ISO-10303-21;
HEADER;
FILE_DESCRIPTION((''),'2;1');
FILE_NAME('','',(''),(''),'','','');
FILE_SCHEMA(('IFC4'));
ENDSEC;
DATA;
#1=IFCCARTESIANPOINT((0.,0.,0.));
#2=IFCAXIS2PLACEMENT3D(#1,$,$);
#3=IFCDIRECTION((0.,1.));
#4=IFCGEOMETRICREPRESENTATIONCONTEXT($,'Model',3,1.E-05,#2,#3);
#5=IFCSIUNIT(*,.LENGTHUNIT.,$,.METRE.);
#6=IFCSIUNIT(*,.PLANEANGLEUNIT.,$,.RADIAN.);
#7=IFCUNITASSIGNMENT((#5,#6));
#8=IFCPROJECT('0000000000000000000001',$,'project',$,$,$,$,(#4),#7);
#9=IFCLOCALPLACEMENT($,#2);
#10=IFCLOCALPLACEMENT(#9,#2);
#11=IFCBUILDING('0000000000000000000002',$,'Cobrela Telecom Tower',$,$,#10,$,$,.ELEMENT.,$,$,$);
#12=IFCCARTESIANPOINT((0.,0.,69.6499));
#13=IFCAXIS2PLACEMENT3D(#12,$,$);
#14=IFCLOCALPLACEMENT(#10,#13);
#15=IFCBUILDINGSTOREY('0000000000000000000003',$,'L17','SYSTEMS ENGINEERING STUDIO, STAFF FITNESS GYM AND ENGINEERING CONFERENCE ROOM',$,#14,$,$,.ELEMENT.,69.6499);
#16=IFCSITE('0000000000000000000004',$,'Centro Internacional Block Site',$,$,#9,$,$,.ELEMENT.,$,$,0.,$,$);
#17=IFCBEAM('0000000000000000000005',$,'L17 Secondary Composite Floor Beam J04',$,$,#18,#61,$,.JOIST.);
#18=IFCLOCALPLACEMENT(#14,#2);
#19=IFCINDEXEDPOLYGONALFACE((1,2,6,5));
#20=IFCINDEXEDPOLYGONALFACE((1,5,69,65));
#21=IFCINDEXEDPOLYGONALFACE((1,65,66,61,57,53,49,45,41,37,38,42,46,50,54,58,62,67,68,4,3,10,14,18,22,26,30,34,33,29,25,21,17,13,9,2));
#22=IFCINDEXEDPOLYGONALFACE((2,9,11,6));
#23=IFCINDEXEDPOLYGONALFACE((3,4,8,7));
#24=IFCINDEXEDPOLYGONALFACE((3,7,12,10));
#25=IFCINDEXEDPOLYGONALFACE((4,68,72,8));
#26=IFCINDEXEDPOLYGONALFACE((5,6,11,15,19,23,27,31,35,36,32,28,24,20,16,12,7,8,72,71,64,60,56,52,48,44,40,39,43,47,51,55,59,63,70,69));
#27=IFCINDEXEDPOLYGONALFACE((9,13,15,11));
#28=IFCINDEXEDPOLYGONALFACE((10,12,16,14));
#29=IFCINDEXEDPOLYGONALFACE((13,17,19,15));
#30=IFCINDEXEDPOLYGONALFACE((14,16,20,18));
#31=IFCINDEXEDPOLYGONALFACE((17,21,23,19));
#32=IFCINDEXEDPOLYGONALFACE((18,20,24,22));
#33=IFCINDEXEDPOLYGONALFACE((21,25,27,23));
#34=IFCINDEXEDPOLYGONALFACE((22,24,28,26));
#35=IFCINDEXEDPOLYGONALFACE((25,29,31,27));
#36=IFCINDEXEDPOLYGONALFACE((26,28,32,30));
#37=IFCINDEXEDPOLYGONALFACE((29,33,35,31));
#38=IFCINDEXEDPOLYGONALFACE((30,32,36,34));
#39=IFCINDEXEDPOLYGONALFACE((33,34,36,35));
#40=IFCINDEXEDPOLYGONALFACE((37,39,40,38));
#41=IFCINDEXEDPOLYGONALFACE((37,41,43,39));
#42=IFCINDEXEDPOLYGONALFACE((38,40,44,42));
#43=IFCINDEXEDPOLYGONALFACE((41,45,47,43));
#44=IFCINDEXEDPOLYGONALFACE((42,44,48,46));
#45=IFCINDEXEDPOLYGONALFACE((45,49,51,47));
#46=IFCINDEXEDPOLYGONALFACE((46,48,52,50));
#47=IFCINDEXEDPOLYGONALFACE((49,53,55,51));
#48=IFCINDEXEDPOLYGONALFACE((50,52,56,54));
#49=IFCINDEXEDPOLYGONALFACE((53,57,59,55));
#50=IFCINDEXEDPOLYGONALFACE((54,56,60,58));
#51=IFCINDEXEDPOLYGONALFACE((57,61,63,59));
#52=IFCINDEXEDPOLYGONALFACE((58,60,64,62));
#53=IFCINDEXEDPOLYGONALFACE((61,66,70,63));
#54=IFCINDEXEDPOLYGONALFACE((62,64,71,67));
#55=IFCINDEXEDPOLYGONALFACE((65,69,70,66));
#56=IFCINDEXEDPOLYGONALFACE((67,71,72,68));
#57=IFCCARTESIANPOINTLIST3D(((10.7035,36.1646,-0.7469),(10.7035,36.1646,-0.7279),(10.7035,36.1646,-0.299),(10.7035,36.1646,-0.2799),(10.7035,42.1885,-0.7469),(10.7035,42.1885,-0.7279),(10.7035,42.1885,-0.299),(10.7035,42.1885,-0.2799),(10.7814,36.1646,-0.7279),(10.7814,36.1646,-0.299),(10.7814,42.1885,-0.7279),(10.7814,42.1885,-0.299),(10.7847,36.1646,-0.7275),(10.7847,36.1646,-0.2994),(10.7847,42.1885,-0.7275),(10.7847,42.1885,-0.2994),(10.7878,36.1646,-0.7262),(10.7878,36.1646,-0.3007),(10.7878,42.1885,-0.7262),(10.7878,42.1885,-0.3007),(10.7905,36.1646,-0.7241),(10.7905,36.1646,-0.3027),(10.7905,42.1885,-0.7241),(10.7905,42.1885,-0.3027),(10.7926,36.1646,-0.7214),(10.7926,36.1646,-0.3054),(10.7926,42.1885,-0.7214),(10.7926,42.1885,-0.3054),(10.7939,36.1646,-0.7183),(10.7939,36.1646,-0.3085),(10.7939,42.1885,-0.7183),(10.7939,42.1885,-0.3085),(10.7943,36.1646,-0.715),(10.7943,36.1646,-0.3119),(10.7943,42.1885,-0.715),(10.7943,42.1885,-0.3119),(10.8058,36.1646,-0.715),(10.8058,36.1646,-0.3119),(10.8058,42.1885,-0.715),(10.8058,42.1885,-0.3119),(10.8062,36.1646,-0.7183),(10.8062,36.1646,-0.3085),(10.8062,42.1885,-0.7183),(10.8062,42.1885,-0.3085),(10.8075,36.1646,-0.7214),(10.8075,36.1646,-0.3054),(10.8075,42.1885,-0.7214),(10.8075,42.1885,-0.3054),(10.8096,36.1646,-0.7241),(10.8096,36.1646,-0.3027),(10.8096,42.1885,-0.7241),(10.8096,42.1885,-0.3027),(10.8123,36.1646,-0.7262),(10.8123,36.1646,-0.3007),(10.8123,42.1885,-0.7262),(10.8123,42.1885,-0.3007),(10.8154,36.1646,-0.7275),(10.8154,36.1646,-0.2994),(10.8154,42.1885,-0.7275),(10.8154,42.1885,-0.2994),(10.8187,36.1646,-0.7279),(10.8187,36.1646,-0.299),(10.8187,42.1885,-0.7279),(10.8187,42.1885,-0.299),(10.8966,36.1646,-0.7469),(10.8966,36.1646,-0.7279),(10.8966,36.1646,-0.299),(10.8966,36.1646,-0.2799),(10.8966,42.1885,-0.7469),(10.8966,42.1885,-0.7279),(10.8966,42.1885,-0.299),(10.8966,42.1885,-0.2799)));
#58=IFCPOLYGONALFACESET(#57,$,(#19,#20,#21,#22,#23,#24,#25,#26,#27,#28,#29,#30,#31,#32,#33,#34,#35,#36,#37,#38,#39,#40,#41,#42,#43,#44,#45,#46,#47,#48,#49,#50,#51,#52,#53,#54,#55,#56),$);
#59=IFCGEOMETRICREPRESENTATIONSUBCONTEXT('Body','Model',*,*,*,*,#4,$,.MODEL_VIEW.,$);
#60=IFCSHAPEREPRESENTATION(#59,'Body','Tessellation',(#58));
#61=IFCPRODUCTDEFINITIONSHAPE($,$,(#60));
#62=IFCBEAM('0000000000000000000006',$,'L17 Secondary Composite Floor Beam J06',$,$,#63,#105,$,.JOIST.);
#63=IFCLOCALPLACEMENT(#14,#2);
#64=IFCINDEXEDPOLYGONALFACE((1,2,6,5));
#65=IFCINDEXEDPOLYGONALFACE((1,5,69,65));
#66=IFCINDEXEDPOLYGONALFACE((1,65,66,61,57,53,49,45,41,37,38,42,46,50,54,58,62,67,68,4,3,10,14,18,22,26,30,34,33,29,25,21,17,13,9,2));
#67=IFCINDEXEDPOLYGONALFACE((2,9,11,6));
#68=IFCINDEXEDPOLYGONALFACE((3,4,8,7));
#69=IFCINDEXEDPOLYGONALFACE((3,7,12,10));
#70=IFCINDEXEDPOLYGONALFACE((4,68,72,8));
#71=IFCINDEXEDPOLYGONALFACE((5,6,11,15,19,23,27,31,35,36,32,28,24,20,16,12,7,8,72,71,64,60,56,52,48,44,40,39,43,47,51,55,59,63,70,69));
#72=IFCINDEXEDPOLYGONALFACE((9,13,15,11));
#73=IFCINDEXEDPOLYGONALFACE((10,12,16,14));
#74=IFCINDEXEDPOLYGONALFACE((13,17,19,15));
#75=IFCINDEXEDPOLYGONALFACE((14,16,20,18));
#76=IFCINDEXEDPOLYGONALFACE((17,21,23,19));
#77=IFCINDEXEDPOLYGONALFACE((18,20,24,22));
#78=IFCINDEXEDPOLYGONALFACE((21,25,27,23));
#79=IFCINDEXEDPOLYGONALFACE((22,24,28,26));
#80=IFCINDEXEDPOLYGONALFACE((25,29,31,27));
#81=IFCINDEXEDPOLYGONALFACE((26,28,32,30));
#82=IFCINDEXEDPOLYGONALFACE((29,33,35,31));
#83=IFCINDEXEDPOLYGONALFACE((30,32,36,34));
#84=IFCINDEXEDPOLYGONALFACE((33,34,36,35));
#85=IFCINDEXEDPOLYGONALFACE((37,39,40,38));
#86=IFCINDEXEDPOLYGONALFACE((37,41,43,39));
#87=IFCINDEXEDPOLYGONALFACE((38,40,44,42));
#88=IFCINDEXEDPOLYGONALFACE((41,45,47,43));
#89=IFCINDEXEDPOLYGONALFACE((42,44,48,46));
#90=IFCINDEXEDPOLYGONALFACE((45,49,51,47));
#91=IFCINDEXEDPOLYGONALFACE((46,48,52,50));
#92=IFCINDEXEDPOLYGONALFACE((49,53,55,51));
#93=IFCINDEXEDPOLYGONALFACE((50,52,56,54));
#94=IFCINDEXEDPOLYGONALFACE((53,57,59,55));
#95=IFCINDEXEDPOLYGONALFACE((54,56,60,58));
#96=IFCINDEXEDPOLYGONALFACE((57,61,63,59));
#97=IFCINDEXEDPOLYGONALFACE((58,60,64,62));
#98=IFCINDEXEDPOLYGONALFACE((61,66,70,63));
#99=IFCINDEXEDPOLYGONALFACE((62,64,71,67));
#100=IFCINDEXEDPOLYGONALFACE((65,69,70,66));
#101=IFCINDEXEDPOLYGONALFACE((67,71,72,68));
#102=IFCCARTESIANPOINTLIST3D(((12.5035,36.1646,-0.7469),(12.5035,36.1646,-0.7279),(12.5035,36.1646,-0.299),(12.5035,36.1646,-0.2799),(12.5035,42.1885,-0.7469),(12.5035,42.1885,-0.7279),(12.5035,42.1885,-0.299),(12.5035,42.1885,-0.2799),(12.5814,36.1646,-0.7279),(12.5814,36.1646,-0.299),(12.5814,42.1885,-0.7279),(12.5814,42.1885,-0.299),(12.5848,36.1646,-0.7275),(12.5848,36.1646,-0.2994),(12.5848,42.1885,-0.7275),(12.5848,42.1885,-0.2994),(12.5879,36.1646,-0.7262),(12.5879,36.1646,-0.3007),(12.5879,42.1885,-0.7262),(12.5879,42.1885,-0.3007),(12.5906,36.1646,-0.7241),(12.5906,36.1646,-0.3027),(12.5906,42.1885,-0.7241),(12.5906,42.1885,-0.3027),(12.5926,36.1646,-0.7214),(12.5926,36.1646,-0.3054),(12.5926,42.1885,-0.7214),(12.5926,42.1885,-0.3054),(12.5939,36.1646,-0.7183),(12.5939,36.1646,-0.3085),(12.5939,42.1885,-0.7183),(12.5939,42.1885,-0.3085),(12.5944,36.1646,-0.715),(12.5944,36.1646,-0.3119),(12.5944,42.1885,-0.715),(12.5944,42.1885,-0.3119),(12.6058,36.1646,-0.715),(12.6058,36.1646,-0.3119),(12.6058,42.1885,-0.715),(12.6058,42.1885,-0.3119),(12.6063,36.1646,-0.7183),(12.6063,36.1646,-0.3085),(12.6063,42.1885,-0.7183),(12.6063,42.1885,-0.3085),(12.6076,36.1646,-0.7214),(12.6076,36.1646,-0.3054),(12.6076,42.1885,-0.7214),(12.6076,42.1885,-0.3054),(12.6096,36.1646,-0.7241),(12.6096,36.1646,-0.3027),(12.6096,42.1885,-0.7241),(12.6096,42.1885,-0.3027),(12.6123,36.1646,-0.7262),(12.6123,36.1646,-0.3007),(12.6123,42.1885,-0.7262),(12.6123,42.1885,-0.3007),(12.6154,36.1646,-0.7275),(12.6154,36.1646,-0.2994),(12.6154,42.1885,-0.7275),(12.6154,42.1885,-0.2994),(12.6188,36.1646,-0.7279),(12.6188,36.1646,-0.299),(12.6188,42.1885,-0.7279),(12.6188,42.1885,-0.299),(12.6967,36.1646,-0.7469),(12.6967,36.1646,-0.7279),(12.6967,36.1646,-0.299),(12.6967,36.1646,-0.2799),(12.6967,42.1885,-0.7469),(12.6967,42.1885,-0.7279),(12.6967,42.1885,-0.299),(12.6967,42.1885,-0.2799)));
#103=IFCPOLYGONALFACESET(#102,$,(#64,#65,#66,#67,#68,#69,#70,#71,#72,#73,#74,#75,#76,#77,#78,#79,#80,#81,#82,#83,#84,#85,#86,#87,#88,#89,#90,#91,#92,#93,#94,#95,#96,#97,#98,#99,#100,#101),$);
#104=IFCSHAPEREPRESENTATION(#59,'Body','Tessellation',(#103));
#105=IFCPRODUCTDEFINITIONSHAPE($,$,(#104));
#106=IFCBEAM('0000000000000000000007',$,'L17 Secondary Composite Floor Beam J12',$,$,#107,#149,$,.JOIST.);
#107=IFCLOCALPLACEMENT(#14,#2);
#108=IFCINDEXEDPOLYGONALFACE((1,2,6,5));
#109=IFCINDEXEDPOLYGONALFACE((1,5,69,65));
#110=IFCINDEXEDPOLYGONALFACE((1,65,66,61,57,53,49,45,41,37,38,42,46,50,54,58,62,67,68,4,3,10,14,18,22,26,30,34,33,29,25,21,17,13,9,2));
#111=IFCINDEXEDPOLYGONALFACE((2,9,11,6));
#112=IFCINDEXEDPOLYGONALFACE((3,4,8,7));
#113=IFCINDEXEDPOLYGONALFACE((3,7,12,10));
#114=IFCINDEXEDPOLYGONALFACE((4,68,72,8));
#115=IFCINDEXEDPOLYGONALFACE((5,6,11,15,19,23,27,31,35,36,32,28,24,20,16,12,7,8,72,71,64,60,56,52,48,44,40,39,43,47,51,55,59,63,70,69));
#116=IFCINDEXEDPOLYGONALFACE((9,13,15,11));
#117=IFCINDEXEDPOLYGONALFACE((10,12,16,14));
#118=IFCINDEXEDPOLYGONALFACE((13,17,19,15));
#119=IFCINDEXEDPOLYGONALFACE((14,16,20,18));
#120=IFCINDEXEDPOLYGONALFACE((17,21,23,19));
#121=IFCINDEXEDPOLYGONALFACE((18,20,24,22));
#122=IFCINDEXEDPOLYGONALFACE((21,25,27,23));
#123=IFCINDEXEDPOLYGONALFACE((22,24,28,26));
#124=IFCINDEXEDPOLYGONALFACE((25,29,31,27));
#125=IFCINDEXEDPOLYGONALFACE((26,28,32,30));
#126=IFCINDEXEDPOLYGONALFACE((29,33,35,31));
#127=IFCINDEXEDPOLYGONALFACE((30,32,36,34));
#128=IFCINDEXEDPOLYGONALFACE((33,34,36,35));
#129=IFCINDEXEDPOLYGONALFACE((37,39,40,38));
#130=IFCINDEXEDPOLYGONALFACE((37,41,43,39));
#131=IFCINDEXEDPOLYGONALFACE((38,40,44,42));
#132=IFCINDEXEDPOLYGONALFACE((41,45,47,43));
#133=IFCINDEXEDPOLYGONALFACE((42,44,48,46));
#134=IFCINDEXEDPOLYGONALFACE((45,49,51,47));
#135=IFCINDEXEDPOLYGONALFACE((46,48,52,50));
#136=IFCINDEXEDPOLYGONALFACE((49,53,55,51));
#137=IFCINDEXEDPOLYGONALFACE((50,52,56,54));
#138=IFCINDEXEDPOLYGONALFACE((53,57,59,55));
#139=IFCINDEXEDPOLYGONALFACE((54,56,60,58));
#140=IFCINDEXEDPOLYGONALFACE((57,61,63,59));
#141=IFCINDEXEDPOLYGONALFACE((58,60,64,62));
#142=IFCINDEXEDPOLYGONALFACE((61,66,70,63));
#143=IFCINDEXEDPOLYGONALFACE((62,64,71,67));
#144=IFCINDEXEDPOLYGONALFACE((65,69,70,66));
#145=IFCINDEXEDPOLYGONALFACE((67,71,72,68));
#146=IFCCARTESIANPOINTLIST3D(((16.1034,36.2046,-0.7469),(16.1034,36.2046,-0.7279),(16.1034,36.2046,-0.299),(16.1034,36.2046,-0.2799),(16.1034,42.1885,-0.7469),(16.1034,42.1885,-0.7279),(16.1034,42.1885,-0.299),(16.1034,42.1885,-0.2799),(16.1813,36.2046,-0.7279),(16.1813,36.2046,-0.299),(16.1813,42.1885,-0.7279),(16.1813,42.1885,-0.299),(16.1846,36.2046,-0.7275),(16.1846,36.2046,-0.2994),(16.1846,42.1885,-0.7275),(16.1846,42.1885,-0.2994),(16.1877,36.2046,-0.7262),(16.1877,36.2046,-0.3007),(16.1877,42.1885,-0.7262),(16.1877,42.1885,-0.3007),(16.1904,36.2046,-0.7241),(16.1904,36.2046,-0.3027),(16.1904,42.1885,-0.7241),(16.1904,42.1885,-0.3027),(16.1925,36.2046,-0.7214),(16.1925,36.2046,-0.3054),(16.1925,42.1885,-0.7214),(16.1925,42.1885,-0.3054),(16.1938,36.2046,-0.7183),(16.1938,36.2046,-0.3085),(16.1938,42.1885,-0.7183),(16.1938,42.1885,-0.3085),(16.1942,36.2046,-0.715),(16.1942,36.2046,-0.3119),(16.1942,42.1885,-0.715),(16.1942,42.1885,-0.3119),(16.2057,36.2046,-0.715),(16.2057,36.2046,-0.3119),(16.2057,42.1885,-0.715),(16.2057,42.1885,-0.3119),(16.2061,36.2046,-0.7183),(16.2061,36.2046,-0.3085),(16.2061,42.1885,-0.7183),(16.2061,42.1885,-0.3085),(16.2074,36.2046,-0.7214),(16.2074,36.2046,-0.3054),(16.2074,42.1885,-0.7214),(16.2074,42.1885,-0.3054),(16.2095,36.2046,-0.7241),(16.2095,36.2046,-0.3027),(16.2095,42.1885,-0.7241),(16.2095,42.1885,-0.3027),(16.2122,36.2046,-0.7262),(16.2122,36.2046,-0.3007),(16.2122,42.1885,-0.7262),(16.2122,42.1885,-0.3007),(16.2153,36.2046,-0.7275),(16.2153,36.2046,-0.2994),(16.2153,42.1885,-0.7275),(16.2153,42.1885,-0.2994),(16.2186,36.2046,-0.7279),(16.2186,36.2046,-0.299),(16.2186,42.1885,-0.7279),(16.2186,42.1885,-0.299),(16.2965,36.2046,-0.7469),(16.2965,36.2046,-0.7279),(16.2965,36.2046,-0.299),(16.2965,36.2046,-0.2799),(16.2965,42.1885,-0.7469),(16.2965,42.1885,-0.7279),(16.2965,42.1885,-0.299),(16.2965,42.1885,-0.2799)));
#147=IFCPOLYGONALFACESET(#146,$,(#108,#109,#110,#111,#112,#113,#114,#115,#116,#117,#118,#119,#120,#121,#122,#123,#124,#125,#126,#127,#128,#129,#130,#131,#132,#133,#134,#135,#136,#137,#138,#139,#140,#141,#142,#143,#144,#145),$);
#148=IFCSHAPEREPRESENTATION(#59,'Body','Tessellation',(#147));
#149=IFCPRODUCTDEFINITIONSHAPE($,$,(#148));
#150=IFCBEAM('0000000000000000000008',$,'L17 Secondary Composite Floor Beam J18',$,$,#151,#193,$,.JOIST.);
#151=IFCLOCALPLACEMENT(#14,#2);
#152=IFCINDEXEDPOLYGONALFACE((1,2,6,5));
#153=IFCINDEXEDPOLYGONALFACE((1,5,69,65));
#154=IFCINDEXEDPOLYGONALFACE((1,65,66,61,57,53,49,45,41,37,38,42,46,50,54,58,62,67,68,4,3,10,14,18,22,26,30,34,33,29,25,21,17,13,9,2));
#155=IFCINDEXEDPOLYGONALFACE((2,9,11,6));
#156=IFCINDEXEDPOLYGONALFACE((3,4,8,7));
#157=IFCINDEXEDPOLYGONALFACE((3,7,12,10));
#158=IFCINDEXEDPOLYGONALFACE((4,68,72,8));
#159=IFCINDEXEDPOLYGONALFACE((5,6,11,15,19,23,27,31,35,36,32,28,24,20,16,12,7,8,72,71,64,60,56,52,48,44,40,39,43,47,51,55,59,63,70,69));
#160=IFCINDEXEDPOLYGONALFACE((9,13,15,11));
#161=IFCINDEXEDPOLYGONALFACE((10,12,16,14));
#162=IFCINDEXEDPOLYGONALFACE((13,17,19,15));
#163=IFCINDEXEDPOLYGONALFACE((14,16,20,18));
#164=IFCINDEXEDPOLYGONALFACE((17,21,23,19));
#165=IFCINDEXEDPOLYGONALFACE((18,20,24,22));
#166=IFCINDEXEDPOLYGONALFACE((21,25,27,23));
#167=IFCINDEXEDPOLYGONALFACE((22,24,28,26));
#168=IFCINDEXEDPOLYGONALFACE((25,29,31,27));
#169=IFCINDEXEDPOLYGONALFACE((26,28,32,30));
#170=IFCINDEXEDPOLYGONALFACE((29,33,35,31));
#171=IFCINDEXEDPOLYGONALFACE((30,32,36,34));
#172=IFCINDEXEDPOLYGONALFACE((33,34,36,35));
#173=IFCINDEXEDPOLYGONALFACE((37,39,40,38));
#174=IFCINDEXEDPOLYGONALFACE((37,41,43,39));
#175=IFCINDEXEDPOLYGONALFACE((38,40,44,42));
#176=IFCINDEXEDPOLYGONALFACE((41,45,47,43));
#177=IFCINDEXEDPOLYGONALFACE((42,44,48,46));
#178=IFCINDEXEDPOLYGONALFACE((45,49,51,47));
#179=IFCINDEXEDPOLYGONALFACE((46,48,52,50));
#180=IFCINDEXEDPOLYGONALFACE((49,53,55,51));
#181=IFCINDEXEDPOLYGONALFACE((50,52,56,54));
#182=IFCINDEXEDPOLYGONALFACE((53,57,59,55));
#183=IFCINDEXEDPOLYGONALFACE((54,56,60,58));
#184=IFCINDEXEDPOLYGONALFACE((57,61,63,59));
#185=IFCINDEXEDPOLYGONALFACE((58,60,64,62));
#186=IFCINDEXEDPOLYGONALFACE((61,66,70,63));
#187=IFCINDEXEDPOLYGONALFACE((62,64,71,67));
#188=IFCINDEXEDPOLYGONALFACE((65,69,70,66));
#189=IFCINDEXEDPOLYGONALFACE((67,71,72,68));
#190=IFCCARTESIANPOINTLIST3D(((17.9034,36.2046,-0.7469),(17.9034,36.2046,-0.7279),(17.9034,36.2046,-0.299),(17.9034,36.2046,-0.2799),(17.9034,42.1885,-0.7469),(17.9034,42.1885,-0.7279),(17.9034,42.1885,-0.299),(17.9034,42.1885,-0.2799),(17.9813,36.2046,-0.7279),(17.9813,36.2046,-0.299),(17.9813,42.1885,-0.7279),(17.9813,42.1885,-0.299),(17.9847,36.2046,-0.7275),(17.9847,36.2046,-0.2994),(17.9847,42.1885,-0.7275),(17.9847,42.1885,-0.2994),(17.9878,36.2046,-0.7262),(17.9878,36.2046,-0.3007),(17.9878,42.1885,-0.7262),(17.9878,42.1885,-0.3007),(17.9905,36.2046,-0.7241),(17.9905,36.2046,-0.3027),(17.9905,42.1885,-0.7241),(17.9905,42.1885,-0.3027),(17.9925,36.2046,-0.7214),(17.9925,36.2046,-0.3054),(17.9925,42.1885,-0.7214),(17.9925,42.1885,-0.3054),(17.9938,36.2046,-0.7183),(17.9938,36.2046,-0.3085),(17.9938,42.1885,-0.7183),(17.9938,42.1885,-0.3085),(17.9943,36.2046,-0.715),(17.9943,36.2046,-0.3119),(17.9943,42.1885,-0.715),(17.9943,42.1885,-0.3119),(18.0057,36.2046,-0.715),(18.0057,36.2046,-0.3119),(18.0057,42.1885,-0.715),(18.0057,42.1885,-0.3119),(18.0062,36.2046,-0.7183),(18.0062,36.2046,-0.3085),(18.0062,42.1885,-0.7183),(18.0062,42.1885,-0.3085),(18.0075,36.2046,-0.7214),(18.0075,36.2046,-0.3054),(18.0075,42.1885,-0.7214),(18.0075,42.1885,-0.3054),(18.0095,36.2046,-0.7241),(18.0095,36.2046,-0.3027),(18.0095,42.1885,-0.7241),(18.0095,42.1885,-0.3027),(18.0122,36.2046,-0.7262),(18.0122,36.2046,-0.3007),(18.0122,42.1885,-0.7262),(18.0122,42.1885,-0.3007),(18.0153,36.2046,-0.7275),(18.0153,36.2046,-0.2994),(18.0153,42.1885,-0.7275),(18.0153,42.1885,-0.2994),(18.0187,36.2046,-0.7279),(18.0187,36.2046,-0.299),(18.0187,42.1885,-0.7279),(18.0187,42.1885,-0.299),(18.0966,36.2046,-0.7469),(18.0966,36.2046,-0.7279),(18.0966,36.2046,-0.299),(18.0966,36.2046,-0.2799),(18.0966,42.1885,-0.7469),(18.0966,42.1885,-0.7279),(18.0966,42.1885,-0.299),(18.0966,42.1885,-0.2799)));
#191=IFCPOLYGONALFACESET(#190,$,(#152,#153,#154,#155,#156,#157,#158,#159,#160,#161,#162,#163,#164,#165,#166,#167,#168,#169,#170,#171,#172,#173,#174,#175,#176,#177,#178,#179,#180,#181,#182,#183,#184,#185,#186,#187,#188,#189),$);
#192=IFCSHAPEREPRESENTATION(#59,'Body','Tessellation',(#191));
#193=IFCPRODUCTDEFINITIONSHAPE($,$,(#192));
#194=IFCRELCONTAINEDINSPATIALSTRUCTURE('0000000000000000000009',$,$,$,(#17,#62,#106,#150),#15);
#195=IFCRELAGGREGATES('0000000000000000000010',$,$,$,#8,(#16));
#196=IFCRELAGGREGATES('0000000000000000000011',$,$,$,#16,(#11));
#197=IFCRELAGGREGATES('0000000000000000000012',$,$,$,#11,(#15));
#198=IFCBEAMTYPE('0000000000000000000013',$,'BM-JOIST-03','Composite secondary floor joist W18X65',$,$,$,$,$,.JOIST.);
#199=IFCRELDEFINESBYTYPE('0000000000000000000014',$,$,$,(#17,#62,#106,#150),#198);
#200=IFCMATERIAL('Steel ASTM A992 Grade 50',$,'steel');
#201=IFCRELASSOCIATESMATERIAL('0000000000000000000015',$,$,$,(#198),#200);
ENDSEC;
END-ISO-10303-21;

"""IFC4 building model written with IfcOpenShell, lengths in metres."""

from ifc_helpers import new_model, si_unit, direction, frame, origin, origin_2d, place, context, subcontext, project, spatial, i_section, extrude, material, material_profile, profile_set, type_object, element, save


model = new_model("IFC4")

# Units and contexts
model_context = context("Model", 3, precision=1e-05, world=origin(), true_north=direction((0.0, 1.0)))
body_context = subcontext(model_context, "Body", "Model", "MODEL_VIEW")
ifc_project = project(units=[si_unit("LENGTHUNIT", "METRE"), si_unit("PLANEANGLEUNIT", "RADIAN")], contexts=[model_context])

# Site, building, storey
site_placement = place(None, origin())
site = spatial("IfcSite", under=ifc_project, at=site_placement, Name="Centro Internacional Block Site", CompositionType="ELEMENT", RefElevation=0.0)
building_placement = place(site_placement, origin())
building = spatial("IfcBuilding", under=site, at=building_placement, Name="Cobrela Telecom Tower", CompositionType="ELEMENT")
storey_placement = place(building_placement, frame((0.0, 0.0, 69.6499)))
storey = spatial("IfcBuildingStorey", under=building, at=storey_placement, Name="L17", Description="SYSTEMS ENGINEERING STUDIO, STAFF FITNESS GYM AND ENGINEERING CONFERENCE ROOM", CompositionType="ELEMENT", Elevation=69.6499)

# Beams
ifc_material_1 = material(Name="Steel ASTM A992 Grade 50", Category="steel")
ifc_material_profile_1 = material_profile(ifc_material_1, i_section(OverallWidth=0.1931, OverallDepth=0.467, WebThickness=0.0115, FlangeThickness=0.019, FilletRadius=0.0129, at=origin_2d()), Name="W18X65")
ifc_profile_set_1 = profile_set([ifc_material_profile_1], Name="Steel ASTM A992 Grade 50")
beam_type_1 = type_object("IfcBeamType", Name="BM-JOIST-03", Description="Composite secondary floor joist W18X65", PredefinedType="JOIST", material=ifc_profile_set_1)
for number, where, z_axis, x_axis, name in (
    (1, (10.8, 36.1646, -0.5134), (0.0, 1.0, 0.0), (-1.0, 0.0, 0.0), "L17 Secondary Composite Floor Beam J04"),
    (2, (12.6001, 36.1646, -0.5134), (0.0, 1.0, 0.0), (-1.0, 0.0, 0.0), "L17 Secondary Composite Floor Beam J06"),
):
    element("IfcBeam", number, at=place(storey_placement, frame(where, z_axis=z_axis, x_axis=x_axis)), inside=storey, type_object=beam_type_1, Name=name, PredefinedType="JOIST", context=body_context, shape_type="SweptSolid", body=[
        extrude(i_section(OverallWidth=0.1931, OverallDepth=0.467, WebThickness=0.0115, FlangeThickness=0.019, FilletRadius=0.0129, at=origin_2d()), origin(), (0.0, 0.0, 1.0), 6.0239),
    ])
for number, where, z_axis, x_axis, name in (
    (3, (16.2, 36.2046, -0.5134), (0.0, 1.0, 0.0), (-1.0, 0.0, 0.0), "L17 Secondary Composite Floor Beam J12"),
    (4, (18.0, 36.2046, -0.5134), (0.0, 1.0, 0.0), (-1.0, 0.0, 0.0), "L17 Secondary Composite Floor Beam J18"),
):
    element("IfcBeam", number, at=place(storey_placement, frame(where, z_axis=z_axis, x_axis=x_axis)), inside=storey, type_object=beam_type_1, Name=name, PredefinedType="JOIST", context=body_context, shape_type="SweptSolid", body=[
        extrude(i_section(OverallWidth=0.1931, OverallDepth=0.467, WebThickness=0.0115, FlangeThickness=0.019, FilletRadius=0.0129, at=origin_2d()), origin(), (0.0, 0.0, 1.0), 5.9839),
    ])

save(model, "model.ifc")
